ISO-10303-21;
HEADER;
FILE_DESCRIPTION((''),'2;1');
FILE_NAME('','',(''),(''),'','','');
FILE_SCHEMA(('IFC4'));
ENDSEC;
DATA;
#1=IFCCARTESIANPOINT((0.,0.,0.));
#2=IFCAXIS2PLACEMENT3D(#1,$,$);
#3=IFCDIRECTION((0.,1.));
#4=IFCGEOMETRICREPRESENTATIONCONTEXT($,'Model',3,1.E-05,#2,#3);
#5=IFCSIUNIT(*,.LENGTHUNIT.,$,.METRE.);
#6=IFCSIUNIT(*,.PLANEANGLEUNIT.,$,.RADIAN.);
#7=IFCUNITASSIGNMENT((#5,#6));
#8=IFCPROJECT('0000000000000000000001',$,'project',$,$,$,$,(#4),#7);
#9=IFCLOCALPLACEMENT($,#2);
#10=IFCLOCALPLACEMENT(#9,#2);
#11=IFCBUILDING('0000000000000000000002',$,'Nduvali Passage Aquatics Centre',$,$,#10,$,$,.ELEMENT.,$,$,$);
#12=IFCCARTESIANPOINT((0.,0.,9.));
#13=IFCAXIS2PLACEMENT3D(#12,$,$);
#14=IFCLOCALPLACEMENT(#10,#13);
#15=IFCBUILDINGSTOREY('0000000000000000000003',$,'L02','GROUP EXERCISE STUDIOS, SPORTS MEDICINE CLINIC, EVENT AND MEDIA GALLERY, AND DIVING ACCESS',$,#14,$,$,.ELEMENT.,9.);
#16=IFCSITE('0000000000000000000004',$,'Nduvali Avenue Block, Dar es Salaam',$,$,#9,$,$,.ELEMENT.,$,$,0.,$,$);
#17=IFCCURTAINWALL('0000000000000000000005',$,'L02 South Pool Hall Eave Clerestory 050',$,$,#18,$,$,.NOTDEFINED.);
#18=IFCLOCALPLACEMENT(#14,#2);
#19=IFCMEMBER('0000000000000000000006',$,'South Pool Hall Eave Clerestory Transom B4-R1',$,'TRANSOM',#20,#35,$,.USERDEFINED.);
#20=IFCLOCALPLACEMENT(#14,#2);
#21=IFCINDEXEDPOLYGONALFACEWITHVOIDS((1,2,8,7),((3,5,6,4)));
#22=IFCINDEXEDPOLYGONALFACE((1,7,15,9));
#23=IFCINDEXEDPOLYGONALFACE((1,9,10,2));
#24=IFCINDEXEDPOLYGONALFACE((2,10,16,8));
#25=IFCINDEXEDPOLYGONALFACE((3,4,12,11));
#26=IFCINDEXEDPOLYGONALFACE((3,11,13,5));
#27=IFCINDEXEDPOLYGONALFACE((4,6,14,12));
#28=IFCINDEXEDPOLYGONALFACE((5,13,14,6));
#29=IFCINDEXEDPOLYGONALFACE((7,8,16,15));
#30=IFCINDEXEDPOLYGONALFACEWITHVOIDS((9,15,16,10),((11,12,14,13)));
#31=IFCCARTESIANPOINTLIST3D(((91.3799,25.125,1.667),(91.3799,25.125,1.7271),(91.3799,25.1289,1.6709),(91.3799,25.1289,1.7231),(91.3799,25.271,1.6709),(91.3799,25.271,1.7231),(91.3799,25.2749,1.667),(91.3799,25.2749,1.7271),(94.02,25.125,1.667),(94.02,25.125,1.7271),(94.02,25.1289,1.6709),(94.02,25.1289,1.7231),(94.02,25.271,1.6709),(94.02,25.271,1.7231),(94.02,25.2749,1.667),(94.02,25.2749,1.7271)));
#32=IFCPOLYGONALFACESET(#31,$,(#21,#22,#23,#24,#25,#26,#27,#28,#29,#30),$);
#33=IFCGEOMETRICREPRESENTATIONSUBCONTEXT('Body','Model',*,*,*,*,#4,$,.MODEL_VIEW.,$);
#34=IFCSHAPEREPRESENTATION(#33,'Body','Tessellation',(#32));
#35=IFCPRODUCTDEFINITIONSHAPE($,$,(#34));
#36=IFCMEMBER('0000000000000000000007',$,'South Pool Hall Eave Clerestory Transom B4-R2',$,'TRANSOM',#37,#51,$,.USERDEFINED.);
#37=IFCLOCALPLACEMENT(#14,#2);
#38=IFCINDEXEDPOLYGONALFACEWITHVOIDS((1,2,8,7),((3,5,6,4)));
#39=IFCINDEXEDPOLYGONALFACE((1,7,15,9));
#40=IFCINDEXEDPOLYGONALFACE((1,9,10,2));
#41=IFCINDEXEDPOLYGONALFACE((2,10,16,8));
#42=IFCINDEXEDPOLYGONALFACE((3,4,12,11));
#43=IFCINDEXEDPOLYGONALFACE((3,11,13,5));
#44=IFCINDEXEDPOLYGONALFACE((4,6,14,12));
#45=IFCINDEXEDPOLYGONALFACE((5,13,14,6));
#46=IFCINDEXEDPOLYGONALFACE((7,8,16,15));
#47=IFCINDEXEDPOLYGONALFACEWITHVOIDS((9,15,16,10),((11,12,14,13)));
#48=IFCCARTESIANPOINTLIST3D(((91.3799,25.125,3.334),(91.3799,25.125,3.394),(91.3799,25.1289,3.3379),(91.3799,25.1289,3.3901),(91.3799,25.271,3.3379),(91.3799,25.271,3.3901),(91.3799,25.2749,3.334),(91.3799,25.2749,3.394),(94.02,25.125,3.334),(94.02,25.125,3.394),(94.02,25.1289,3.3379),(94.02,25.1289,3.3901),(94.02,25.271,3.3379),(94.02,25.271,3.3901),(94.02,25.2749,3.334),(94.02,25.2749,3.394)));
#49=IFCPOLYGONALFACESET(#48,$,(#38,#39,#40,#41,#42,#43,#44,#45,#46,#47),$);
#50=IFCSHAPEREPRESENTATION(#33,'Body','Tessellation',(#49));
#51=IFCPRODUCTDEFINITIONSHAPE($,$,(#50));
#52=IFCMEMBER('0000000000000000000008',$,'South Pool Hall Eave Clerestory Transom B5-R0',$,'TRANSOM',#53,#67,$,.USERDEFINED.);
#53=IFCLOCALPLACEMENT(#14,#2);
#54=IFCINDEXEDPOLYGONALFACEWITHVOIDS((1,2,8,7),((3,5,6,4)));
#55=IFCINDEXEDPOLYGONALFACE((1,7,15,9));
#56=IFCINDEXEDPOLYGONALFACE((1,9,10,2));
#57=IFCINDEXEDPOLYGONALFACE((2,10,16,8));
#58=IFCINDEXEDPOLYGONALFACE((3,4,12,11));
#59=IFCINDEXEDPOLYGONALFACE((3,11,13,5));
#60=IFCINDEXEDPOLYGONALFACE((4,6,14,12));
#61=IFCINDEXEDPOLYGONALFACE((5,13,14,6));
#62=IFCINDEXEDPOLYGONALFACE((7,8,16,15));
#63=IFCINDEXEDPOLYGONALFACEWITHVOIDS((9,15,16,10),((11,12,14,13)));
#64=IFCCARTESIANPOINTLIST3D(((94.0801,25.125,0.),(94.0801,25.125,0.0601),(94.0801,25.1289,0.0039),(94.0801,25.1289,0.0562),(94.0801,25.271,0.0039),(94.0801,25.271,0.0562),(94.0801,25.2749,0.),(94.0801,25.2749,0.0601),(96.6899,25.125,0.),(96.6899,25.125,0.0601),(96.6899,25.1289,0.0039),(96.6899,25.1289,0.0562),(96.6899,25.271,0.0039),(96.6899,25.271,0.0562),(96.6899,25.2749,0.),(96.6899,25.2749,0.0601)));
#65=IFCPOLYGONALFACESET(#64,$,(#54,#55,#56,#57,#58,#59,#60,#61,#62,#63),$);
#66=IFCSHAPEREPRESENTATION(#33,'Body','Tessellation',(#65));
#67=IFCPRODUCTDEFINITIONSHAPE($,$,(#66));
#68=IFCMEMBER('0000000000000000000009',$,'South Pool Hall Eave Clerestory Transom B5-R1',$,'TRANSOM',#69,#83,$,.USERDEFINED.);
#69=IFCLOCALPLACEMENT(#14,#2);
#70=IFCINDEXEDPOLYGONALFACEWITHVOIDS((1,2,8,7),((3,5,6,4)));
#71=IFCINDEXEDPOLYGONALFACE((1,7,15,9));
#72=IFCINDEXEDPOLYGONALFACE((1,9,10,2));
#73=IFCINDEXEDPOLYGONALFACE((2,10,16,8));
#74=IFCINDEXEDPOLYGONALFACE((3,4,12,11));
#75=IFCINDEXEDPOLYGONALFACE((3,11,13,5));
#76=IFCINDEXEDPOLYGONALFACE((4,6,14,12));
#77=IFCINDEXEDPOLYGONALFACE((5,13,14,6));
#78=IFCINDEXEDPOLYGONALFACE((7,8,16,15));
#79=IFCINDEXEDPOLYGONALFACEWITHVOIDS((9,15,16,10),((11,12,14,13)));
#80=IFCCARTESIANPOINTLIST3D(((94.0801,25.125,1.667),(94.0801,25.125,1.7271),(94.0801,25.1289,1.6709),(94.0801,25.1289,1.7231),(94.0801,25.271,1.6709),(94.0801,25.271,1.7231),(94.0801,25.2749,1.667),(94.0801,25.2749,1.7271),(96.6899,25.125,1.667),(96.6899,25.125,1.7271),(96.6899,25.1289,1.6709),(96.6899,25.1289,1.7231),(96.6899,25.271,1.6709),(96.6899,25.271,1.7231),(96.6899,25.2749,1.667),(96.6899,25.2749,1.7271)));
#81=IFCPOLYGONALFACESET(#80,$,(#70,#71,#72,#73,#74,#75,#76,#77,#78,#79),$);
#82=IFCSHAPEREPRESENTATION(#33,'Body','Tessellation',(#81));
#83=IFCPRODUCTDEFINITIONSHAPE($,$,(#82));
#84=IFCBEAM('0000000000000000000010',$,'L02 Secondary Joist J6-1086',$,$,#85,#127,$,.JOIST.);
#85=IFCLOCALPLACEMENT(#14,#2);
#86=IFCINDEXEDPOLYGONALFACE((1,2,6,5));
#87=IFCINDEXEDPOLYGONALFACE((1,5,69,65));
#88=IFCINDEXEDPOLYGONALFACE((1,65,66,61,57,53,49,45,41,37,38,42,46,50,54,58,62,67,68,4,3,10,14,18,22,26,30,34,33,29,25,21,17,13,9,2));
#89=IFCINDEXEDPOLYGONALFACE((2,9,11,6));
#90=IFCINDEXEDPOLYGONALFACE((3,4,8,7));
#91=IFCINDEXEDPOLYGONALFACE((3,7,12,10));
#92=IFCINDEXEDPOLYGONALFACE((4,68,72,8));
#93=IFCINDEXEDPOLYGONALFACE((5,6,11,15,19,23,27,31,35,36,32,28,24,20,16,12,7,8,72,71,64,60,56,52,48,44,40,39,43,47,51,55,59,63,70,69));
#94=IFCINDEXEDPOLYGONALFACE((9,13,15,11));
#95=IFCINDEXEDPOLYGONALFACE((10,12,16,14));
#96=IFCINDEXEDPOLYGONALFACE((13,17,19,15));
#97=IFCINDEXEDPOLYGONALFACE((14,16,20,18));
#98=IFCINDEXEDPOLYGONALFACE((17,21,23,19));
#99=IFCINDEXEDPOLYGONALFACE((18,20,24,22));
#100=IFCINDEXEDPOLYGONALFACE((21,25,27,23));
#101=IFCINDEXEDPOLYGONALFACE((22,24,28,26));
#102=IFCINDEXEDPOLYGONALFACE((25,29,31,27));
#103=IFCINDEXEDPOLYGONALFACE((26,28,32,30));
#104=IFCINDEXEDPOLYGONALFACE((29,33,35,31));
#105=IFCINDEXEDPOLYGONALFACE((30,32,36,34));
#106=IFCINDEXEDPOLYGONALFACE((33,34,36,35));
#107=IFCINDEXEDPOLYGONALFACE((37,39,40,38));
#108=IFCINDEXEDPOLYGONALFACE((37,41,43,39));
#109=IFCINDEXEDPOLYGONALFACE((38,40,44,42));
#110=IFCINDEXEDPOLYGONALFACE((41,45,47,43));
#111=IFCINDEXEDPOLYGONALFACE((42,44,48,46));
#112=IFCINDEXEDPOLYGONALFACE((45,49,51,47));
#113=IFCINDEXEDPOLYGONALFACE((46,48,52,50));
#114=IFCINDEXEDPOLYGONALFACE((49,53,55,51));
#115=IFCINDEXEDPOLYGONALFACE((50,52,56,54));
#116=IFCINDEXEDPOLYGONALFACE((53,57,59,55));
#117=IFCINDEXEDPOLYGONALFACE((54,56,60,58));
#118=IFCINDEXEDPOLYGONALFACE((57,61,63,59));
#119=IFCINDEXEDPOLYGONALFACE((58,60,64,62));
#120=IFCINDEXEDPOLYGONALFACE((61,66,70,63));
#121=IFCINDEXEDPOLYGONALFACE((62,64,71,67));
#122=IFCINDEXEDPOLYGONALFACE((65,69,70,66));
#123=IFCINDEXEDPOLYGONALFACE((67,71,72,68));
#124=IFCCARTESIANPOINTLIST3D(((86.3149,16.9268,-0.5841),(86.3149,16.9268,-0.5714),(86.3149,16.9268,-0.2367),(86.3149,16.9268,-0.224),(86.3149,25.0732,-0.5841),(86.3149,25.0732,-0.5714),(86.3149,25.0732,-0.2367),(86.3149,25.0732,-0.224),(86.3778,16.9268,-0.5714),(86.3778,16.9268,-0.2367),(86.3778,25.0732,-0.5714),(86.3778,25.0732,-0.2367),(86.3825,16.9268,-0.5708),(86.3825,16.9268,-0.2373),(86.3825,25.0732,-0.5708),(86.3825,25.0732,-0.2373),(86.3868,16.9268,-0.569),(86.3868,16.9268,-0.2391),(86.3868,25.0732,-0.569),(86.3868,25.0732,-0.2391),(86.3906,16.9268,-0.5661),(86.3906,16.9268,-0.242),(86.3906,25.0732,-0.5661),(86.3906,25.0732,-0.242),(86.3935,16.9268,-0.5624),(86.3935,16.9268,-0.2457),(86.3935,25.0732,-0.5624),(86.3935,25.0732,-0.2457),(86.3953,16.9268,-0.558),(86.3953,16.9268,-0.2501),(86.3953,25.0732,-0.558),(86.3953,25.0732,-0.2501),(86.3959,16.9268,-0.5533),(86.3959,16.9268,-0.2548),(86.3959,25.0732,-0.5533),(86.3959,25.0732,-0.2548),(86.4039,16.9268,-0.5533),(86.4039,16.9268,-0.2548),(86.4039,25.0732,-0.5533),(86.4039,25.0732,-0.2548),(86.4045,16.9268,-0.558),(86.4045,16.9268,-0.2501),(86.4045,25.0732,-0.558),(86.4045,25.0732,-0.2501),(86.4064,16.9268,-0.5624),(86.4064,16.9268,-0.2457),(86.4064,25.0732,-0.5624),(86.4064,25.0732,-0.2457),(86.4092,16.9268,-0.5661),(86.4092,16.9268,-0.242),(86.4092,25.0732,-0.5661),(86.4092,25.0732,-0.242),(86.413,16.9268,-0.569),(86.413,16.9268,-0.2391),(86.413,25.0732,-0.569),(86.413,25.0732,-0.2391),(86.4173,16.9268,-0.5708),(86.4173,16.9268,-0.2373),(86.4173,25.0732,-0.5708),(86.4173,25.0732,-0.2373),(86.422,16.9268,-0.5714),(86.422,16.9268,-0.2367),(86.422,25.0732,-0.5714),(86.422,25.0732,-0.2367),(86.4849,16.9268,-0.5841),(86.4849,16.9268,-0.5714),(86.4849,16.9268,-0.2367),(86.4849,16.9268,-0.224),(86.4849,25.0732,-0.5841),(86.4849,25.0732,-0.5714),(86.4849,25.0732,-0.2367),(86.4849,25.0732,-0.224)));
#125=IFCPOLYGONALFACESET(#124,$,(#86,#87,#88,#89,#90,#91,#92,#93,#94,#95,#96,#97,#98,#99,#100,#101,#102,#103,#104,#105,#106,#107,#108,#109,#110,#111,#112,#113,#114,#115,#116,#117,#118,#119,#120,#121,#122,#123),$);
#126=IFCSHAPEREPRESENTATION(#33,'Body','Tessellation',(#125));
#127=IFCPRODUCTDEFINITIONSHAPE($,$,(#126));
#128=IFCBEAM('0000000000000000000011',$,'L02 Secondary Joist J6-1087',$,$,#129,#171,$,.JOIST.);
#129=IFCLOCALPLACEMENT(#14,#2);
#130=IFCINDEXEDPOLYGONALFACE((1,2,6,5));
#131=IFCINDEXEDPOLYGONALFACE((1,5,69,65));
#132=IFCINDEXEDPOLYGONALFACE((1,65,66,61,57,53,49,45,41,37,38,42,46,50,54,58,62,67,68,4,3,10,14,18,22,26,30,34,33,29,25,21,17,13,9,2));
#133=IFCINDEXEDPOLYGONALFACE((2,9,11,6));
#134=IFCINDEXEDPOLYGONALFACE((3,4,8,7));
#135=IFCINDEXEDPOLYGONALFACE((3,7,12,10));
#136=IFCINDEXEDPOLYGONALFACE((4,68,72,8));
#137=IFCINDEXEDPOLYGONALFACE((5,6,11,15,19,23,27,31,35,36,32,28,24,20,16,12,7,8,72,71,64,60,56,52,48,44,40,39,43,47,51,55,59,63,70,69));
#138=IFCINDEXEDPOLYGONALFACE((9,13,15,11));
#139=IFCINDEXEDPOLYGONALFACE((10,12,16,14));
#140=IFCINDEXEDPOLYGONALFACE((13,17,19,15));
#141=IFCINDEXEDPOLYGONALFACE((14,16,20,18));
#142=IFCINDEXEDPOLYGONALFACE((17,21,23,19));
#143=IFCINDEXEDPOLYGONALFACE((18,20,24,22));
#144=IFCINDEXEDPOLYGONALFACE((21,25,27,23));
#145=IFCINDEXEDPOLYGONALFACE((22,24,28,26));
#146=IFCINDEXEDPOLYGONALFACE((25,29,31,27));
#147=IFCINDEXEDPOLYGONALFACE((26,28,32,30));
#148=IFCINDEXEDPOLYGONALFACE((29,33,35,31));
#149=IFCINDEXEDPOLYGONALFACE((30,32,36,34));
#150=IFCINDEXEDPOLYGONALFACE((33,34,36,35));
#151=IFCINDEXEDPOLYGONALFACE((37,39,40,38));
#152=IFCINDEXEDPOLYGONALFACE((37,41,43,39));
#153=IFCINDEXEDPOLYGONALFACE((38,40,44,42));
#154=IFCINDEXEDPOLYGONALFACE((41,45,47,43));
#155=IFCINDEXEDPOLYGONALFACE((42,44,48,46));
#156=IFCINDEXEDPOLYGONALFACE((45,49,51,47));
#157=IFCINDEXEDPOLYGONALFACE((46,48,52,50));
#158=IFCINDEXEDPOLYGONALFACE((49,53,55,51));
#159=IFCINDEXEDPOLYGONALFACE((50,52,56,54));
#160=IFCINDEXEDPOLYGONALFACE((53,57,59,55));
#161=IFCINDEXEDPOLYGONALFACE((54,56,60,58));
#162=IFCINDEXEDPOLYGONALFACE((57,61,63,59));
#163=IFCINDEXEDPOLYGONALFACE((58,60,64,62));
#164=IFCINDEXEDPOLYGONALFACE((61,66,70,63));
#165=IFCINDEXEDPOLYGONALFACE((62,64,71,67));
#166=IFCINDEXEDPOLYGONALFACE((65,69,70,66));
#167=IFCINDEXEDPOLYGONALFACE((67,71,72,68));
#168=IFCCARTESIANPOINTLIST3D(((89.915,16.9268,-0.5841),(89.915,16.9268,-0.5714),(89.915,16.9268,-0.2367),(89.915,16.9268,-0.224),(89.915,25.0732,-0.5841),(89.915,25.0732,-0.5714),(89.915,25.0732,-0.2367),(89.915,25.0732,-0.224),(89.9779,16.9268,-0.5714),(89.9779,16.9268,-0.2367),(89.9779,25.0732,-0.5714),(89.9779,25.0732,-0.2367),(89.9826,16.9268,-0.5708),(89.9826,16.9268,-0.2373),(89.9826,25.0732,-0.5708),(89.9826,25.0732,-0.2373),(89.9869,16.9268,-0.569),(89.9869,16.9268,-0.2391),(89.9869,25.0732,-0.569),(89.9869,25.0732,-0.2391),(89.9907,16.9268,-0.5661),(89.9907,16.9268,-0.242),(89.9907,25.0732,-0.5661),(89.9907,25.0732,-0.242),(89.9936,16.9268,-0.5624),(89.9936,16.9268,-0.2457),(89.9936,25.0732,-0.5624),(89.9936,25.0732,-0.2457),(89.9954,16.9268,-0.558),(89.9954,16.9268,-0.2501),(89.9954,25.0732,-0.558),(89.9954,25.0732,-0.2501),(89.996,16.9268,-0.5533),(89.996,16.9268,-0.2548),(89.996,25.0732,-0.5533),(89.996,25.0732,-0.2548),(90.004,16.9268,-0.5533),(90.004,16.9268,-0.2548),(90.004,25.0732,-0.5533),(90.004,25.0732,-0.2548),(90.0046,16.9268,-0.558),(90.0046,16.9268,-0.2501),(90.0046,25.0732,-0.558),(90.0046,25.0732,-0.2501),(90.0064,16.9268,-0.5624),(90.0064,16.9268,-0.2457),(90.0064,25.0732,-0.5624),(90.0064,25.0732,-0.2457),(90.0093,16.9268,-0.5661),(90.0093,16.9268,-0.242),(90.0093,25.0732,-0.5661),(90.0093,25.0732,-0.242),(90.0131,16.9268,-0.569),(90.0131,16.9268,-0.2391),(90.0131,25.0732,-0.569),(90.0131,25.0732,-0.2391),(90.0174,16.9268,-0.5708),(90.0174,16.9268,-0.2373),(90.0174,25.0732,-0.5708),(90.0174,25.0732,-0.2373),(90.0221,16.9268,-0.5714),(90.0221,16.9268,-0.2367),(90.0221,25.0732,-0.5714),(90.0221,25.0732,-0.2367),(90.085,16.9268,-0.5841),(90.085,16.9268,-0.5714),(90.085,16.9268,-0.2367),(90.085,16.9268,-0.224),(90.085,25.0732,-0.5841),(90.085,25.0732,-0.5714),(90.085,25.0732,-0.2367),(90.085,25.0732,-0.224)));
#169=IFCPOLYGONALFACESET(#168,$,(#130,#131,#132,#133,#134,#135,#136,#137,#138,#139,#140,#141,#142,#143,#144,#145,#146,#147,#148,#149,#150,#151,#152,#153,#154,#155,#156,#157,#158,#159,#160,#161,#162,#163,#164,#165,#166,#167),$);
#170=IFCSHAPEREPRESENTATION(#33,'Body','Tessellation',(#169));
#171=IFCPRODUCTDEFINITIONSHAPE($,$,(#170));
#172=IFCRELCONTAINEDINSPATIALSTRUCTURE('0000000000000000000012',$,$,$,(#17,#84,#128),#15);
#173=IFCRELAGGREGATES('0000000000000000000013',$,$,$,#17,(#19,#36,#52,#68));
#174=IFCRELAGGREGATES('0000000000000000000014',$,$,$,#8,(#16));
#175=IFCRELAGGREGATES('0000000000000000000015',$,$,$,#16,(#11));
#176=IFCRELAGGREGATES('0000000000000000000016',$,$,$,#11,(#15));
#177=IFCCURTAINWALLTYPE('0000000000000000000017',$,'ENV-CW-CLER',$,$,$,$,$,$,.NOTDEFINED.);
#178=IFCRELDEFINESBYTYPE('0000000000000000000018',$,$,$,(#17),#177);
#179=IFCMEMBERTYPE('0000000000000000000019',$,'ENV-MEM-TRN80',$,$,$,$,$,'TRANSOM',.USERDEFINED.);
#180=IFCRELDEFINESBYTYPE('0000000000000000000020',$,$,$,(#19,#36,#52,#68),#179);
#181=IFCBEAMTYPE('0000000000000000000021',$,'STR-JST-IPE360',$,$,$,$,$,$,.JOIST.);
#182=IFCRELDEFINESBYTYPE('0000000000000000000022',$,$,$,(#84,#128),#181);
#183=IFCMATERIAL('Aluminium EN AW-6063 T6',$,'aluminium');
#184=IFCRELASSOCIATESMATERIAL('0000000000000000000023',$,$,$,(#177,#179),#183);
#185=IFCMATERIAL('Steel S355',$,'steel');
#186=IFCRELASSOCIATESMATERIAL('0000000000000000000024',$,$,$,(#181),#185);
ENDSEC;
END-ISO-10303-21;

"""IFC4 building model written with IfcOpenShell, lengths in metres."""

from ifc_helpers import new_model, si_unit, direction, frame, origin, origin_2d, place, context, subcontext, project, spatial, hollow_rectangle, i_section, extrude, material, material_profile, profile_set, type_object, element, aggregate, save


model = new_model("IFC4")

# Units and contexts
model_context = context("Model", 3, precision=1e-05, world=origin(), true_north=direction((0.0, 1.0)))
body_context = subcontext(model_context, "Body", "Model", "MODEL_VIEW")
ifc_project = project(units=[si_unit("LENGTHUNIT", "METRE"), si_unit("PLANEANGLEUNIT", "RADIAN")], contexts=[model_context])

# Site, building, storey
site_placement = place(None, origin())
site = spatial("IfcSite", under=ifc_project, at=site_placement, Name="Nduvali Avenue Block, Dar es Salaam", CompositionType="ELEMENT", RefElevation=0.0)
building_placement = place(site_placement, origin())
building = spatial("IfcBuilding", under=site, at=building_placement, Name="Nduvali Passage Aquatics Centre", CompositionType="ELEMENT")
storey_placement = place(building_placement, frame((0.0, 0.0, 9.0)))
storey = spatial("IfcBuildingStorey", under=building, at=storey_placement, Name="L02", Description="GROUP EXERCISE STUDIOS, SPORTS MEDICINE CLINIC, EVENT AND MEDIA GALLERY, AND DIVING ACCESS", CompositionType="ELEMENT", Elevation=9.0)

# Curtain wall, members
ifc_material_1 = material(Name="Aluminium EN AW-6063 T6", Category="aluminium")
curtain_wall_type = type_object("IfcCurtainWallType", Name="ENV-CW-CLER", PredefinedType="NOTDEFINED", material=ifc_material_1)
curtain_wall_placement = place(storey_placement, origin())
curtain_wall = element("IfcCurtainWall", 1, at=curtain_wall_placement, inside=storey, type_object=curtain_wall_type, Name="L02 South Pool Hall Eave Clerestory 050", PredefinedType="NOTDEFINED")
ifc_material_profile_1 = material_profile(ifc_material_1, hollow_rectangle(XDim=0.1499, YDim=0.0601, WallThickness=0.0039, at=origin_2d()), Name="ALU TRANSOM 150x60x4")
ifc_profile_set_1 = profile_set([ifc_material_profile_1], Name="Aluminium EN AW-6063 T6")
member_type_1 = type_object("IfcMemberType", Name="ENV-MEM-TRN80", ElementType="TRANSOM", PredefinedType="USERDEFINED", material=ifc_profile_set_1)
member_1_placement = place(storey_placement, frame((91.3799, 25.2, 1.697), z_axis=(1.0, 0.0, 0.0), x_axis=(0.0, 1.0, 0.0)))
member_1 = element("IfcMember", 2, at=member_1_placement, type_object=member_type_1, Name="South Pool Hall Eave Clerestory Transom B4-R1", ObjectType="TRANSOM", PredefinedType="USERDEFINED", context=body_context, shape_type="SweptSolid", body=[
    extrude(hollow_rectangle(XDim=0.1499, YDim=0.0601, WallThickness=0.0039, at=origin_2d()), origin(), (0.0, 0.0, 1.0), 2.6401),
])
member_2_placement = place(storey_placement, frame((91.3799, 25.2, 3.364), z_axis=(1.0, 0.0, 0.0), x_axis=(0.0, 1.0, 0.0)))
member_2 = element("IfcMember", 3, at=member_2_placement, type_object=member_type_1, Name="South Pool Hall Eave Clerestory Transom B4-R2", ObjectType="TRANSOM", PredefinedType="USERDEFINED", context=body_context, shape_type="SweptSolid", body=[
    extrude(hollow_rectangle(XDim=0.1499, YDim=0.0601, WallThickness=0.0039, at=origin_2d()), origin(), (0.0, 0.0, 1.0), 2.6401),
])
member_3_placement = place(storey_placement, frame((94.0801, 25.2, 0.03), z_axis=(1.0, 0.0, 0.0), x_axis=(0.0, 1.0, 0.0)))
member_3 = element("IfcMember", 4, at=member_3_placement, type_object=member_type_1, Name="South Pool Hall Eave Clerestory Transom B5-R0", ObjectType="TRANSOM", PredefinedType="USERDEFINED", context=body_context, shape_type="SweptSolid", body=[
    extrude(hollow_rectangle(XDim=0.1499, YDim=0.0601, WallThickness=0.0039, at=origin_2d()), origin(), (0.0, 0.0, 1.0), 2.6099),
])
member_4_placement = place(storey_placement, frame((94.0801, 25.2, 1.697), z_axis=(1.0, 0.0, 0.0), x_axis=(0.0, 1.0, 0.0)))
member_4 = element("IfcMember", 5, at=member_4_placement, type_object=member_type_1, Name="South Pool Hall Eave Clerestory Transom B5-R1", ObjectType="TRANSOM", PredefinedType="USERDEFINED", context=body_context, shape_type="SweptSolid", body=[
    extrude(hollow_rectangle(XDim=0.1499, YDim=0.0601, WallThickness=0.0039, at=origin_2d()), origin(), (0.0, 0.0, 1.0), 2.6099),
])

# Beams
ifc_material_2 = material(Name="Steel S355", Category="steel")
ifc_material_profile_2 = material_profile(ifc_material_2, i_section(OverallWidth=0.1699, OverallDepth=0.3601, WebThickness=0.0081, FlangeThickness=0.0127, FilletRadius=0.0181, at=origin_2d()), Name="IPE 360")
ifc_profile_set_2 = profile_set([ifc_material_profile_2], Name="Steel S355")
beam_type = type_object("IfcBeamType", Name="STR-JST-IPE360", PredefinedType="JOIST", material=ifc_profile_set_2)
for number, where, z_axis, x_axis, name in (
    (6, (86.3999, 16.9268, -0.4041), (0.0, 1.0, 0.0), (-1.0, 0.0, 0.0), "L02 Secondary Joist J6-1086"),
    (7, (90.0, 16.9268, -0.4041), (0.0, 1.0, 0.0), (-1.0, 0.0, 0.0), "L02 Secondary Joist J6-1087"),
):
    element("IfcBeam", number, at=place(storey_placement, frame(where, z_axis=z_axis, x_axis=x_axis)), inside=storey, type_object=beam_type, Name=name, PredefinedType="JOIST", context=body_context, shape_type="SweptSolid", body=[
        extrude(i_section(OverallWidth=0.1699, OverallDepth=0.3601, WebThickness=0.0081, FlangeThickness=0.0127, FilletRadius=0.0181, at=origin_2d()), origin(), (0.0, 0.0, 1.0), 8.1465),
    ])

aggregate(curtain_wall, [member_1, member_2, member_3, member_4])

save(model, "model.ifc")
